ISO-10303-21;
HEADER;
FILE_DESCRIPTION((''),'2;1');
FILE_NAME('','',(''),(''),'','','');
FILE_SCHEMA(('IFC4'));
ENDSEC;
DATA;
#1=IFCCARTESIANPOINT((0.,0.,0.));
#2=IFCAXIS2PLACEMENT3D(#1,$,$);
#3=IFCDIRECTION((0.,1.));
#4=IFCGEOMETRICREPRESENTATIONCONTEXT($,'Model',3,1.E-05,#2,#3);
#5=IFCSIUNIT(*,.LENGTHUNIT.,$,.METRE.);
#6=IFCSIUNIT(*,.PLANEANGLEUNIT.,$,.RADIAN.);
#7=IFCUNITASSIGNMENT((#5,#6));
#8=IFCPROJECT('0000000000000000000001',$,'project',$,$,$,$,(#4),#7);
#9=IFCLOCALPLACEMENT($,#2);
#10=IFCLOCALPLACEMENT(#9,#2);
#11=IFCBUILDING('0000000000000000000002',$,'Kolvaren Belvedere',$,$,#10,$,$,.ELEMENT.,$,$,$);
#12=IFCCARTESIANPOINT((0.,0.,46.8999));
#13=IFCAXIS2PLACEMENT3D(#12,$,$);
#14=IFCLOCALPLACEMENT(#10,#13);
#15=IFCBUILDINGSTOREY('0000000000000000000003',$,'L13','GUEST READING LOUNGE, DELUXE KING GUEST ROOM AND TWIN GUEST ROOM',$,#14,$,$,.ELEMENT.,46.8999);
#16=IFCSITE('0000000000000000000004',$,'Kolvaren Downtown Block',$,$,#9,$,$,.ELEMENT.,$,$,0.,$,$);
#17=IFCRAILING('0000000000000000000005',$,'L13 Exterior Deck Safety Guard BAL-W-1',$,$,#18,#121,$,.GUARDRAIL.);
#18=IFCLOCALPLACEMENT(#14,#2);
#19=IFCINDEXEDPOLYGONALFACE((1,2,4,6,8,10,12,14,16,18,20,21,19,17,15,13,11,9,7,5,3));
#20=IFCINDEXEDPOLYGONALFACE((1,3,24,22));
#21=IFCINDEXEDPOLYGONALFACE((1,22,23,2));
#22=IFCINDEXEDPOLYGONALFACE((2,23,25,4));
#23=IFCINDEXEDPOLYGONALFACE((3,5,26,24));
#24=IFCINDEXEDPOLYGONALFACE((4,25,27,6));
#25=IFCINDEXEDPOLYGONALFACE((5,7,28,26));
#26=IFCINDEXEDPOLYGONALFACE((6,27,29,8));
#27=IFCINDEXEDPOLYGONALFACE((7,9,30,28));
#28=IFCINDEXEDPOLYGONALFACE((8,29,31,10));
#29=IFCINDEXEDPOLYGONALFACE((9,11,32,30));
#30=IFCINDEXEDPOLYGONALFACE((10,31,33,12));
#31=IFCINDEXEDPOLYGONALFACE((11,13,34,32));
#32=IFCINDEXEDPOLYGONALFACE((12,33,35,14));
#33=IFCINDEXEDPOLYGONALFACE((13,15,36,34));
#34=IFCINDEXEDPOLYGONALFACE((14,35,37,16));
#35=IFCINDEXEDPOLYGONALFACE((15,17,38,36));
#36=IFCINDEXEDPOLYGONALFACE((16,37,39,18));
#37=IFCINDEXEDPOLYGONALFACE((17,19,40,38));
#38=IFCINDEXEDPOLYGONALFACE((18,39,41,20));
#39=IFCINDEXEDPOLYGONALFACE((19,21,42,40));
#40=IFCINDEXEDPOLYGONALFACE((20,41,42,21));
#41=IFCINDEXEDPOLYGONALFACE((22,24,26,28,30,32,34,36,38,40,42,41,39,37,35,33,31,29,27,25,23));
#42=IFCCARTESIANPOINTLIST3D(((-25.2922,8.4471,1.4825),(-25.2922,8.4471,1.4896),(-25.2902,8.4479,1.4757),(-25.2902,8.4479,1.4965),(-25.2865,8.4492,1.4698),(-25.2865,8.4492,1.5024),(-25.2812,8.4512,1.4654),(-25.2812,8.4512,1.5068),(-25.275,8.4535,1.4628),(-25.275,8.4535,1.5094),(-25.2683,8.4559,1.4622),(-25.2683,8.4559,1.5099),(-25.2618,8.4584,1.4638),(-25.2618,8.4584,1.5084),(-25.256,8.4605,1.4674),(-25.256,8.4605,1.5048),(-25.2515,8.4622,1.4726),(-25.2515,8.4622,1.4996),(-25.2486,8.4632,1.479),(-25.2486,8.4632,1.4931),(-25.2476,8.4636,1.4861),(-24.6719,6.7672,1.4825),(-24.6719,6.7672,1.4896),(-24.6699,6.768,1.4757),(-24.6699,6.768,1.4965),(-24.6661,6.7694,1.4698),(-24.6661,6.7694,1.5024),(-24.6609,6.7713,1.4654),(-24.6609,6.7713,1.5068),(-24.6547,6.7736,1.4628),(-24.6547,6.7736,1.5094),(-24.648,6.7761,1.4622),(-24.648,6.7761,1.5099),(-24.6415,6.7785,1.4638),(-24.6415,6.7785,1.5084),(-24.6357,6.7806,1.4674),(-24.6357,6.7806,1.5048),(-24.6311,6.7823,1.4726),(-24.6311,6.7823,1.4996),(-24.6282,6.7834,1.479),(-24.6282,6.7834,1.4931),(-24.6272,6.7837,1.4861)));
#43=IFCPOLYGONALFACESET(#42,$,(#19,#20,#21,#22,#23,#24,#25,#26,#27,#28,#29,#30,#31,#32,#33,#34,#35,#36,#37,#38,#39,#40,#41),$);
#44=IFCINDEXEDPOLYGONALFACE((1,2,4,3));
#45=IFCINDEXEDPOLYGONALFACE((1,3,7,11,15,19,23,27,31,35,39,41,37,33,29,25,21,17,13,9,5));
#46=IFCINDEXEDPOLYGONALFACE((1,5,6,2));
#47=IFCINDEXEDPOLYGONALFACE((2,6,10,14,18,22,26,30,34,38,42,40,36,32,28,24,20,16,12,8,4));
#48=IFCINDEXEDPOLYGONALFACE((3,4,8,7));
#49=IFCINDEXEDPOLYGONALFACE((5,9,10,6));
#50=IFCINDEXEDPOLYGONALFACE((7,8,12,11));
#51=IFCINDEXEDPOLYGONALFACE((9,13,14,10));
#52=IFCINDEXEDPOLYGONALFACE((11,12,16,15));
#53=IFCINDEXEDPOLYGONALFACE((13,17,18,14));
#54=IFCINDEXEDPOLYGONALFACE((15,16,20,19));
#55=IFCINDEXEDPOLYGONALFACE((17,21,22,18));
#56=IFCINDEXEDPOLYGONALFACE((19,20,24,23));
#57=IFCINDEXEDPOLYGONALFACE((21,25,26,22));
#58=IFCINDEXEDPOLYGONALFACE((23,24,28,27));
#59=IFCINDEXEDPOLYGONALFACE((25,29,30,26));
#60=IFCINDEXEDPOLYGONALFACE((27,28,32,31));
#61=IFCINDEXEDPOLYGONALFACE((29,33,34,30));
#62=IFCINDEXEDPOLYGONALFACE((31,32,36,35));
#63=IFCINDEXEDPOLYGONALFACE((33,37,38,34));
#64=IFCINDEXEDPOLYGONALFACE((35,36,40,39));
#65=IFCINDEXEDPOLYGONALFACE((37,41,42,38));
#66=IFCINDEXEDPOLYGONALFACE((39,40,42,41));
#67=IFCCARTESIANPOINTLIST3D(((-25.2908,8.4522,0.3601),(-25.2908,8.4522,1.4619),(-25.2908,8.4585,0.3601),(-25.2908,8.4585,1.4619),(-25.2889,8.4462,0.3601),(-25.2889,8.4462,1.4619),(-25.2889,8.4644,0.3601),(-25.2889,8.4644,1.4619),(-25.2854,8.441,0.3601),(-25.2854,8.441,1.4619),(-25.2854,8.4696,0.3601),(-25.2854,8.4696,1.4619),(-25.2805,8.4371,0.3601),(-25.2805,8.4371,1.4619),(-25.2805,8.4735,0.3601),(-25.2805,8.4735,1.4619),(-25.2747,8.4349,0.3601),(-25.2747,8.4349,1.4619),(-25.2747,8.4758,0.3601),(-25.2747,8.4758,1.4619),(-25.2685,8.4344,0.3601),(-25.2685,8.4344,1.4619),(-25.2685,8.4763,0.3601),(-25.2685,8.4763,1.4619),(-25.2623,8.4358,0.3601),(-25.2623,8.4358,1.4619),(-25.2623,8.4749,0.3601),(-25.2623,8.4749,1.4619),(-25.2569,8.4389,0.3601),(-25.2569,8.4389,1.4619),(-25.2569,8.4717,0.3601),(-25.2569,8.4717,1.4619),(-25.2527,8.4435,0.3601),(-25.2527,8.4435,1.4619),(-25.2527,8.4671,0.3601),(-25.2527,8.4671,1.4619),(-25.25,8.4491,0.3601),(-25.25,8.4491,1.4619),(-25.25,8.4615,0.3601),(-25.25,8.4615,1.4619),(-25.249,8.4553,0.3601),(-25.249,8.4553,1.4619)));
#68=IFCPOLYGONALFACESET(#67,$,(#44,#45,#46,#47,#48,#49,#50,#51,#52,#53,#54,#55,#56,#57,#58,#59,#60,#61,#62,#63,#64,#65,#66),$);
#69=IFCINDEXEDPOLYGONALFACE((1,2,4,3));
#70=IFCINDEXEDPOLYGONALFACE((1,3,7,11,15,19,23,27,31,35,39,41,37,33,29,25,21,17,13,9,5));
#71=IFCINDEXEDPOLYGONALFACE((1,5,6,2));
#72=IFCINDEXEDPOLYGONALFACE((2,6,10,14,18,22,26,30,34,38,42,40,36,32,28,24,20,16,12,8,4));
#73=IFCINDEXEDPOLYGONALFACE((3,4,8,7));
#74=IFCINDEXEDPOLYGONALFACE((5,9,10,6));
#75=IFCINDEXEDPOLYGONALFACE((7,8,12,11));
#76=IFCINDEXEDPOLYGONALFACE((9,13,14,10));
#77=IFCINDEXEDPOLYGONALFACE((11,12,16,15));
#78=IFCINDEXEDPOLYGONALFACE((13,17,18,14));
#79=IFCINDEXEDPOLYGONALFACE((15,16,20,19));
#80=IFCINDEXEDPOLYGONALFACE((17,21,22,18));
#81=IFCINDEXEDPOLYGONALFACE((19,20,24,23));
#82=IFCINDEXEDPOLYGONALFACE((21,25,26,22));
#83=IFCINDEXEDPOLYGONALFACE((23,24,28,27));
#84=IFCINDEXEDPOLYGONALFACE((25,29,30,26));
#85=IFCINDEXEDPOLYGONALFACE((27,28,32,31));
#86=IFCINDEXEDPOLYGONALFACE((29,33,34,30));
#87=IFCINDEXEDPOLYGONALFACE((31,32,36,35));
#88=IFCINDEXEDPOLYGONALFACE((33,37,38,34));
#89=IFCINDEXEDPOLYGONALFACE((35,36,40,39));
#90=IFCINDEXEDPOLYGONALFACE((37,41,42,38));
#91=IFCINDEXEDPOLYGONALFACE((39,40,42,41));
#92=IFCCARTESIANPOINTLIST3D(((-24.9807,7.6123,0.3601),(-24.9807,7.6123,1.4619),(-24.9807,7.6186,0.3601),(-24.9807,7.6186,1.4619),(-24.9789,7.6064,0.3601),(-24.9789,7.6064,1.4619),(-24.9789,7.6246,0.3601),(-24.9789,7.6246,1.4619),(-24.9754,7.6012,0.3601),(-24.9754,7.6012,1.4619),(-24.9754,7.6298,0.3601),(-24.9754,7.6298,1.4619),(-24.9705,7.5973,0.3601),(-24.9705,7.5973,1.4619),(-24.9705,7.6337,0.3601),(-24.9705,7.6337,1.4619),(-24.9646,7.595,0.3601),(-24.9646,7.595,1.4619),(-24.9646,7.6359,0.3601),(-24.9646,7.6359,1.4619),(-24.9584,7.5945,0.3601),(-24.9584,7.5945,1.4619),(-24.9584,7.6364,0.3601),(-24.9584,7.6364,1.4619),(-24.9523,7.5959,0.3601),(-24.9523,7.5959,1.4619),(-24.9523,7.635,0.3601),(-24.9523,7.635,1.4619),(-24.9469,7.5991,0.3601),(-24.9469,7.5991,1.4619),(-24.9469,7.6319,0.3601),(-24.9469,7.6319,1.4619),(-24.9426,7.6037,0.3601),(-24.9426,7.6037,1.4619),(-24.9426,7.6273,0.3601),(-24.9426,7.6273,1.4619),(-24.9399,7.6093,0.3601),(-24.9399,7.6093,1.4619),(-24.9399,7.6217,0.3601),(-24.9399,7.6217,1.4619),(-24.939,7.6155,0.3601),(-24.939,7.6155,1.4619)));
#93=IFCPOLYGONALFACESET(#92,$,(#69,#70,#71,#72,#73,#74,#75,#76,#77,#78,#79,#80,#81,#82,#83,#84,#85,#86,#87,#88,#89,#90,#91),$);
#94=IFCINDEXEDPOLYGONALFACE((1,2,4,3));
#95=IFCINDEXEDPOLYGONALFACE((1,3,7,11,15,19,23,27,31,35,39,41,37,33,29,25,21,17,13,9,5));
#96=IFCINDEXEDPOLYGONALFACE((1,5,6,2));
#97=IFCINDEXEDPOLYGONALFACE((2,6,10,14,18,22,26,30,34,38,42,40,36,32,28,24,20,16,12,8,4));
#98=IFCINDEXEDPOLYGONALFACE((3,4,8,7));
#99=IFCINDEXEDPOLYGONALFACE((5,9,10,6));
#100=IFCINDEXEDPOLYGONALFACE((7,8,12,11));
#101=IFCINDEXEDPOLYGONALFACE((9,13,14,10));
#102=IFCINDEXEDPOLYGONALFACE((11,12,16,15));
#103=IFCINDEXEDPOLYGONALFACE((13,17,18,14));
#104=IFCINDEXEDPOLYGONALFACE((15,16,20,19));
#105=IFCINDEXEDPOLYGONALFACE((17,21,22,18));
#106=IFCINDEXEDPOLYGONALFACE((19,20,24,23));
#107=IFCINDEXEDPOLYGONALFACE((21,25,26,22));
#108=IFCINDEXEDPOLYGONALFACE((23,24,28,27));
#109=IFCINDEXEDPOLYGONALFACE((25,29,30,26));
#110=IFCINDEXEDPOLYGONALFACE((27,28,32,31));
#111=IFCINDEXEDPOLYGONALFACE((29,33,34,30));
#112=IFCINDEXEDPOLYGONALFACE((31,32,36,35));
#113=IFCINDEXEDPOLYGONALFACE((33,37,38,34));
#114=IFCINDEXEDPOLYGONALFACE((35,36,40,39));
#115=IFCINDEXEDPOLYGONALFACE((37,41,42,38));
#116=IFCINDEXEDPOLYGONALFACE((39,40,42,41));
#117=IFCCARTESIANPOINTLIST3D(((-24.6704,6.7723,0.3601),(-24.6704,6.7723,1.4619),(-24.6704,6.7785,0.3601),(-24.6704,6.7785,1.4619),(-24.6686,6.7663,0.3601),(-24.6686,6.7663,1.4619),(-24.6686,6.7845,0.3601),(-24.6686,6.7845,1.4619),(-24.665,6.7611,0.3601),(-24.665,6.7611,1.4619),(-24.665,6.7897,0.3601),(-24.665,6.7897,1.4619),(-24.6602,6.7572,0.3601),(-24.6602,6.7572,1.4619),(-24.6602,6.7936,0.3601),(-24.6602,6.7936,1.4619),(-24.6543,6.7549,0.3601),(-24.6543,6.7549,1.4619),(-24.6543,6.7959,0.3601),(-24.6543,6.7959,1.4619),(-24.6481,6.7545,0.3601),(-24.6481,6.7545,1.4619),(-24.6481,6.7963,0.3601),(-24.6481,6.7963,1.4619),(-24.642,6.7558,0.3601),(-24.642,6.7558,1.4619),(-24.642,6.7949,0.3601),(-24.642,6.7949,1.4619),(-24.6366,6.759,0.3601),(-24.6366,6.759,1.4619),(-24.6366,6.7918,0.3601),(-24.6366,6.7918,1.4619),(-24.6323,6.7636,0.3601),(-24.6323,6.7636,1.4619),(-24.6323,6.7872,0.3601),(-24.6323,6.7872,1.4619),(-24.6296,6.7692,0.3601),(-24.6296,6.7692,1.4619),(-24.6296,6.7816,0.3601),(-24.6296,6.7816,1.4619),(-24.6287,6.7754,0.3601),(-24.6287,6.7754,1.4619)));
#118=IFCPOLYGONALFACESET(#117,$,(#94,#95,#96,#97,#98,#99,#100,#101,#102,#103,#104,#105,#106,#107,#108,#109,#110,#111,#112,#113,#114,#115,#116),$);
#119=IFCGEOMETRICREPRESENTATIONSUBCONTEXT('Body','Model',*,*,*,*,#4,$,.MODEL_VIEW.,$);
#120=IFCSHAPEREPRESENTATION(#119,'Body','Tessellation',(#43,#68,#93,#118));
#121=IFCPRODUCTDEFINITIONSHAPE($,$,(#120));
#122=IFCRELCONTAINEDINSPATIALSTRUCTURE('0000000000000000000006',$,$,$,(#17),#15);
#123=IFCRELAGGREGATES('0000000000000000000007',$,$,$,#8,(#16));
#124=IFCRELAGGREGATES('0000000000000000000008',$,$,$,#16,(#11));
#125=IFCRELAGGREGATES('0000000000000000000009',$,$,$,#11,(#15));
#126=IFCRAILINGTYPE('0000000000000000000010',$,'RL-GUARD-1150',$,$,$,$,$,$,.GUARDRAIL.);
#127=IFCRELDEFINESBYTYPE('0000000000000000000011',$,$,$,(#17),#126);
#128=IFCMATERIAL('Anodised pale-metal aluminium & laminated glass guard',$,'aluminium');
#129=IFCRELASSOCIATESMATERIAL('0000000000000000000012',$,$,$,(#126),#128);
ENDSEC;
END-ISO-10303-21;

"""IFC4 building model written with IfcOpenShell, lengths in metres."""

from ifc_helpers import new_model, si_unit, direction, frame, origin, origin_2d, place, context, subcontext, project, spatial, circle, extrude, material, type_object, element, save


model = new_model("IFC4")

# Units and contexts
model_context = context("Model", 3, precision=1e-05, world=origin(), true_north=direction((0.0, 1.0)))
body_context = subcontext(model_context, "Body", "Model", "MODEL_VIEW")
ifc_project = project(units=[si_unit("LENGTHUNIT", "METRE"), si_unit("PLANEANGLEUNIT", "RADIAN")], contexts=[model_context])

# Site, building, storey
site_placement = place(None, origin())
site = spatial("IfcSite", under=ifc_project, at=site_placement, Name="Kolvaren Downtown Block", CompositionType="ELEMENT", RefElevation=0.0)
building_placement = place(site_placement, origin())
building = spatial("IfcBuilding", under=site, at=building_placement, Name="Kolvaren Belvedere", CompositionType="ELEMENT")
storey_placement = place(building_placement, frame((0.0, 0.0, 46.8999)))
storey = spatial("IfcBuildingStorey", under=building, at=storey_placement, Name="L13", Description="GUEST READING LOUNGE, DELUXE KING GUEST ROOM AND TWIN GUEST ROOM", CompositionType="ELEMENT", Elevation=46.8999)

# Railing
ifc_material_1 = material(Name="Anodised pale-metal aluminium & laminated glass guard", Category="aluminium")
railing_type = type_object("IfcRailingType", Name="RL-GUARD-1150", PredefinedType="GUARDRAIL", material=ifc_material_1)
railing_1_placement = place(storey_placement, frame((-25.27, 8.4553, 0.3601)))
element("IfcRailing", 1, at=railing_1_placement, inside=storey, type_object=railing_type, Name="L13 Exterior Deck Safety Guard BAL-W-1", PredefinedType="GUARDRAIL", context=body_context, shape_type="SweptSolid", body=[
    extrude(circle(Radius=0.0239, at=origin_2d()), frame((0.0, 0.0, 1.126), z_axis=(0.346413, -0.938082, 0.0), x_axis=(0.938082, 0.346413, 0.0)), (0.0, 0.0, 1.0), 1.7908),
    extrude(circle(Radius=0.021, at=origin_2d()), origin(), (0.0, 0.0, 1.0), 1.1018),
    extrude(circle(Radius=0.021, at=origin_2d()), frame((0.3101, -0.8398, 0.0)), (0.0, 0.0, 1.0), 1.1018),
    extrude(circle(Radius=0.021, at=origin_2d()), frame((0.6204, -1.6799, 0.0)), (0.0, 0.0, 1.0), 1.1018),
])

save(model, "model.ifc")
